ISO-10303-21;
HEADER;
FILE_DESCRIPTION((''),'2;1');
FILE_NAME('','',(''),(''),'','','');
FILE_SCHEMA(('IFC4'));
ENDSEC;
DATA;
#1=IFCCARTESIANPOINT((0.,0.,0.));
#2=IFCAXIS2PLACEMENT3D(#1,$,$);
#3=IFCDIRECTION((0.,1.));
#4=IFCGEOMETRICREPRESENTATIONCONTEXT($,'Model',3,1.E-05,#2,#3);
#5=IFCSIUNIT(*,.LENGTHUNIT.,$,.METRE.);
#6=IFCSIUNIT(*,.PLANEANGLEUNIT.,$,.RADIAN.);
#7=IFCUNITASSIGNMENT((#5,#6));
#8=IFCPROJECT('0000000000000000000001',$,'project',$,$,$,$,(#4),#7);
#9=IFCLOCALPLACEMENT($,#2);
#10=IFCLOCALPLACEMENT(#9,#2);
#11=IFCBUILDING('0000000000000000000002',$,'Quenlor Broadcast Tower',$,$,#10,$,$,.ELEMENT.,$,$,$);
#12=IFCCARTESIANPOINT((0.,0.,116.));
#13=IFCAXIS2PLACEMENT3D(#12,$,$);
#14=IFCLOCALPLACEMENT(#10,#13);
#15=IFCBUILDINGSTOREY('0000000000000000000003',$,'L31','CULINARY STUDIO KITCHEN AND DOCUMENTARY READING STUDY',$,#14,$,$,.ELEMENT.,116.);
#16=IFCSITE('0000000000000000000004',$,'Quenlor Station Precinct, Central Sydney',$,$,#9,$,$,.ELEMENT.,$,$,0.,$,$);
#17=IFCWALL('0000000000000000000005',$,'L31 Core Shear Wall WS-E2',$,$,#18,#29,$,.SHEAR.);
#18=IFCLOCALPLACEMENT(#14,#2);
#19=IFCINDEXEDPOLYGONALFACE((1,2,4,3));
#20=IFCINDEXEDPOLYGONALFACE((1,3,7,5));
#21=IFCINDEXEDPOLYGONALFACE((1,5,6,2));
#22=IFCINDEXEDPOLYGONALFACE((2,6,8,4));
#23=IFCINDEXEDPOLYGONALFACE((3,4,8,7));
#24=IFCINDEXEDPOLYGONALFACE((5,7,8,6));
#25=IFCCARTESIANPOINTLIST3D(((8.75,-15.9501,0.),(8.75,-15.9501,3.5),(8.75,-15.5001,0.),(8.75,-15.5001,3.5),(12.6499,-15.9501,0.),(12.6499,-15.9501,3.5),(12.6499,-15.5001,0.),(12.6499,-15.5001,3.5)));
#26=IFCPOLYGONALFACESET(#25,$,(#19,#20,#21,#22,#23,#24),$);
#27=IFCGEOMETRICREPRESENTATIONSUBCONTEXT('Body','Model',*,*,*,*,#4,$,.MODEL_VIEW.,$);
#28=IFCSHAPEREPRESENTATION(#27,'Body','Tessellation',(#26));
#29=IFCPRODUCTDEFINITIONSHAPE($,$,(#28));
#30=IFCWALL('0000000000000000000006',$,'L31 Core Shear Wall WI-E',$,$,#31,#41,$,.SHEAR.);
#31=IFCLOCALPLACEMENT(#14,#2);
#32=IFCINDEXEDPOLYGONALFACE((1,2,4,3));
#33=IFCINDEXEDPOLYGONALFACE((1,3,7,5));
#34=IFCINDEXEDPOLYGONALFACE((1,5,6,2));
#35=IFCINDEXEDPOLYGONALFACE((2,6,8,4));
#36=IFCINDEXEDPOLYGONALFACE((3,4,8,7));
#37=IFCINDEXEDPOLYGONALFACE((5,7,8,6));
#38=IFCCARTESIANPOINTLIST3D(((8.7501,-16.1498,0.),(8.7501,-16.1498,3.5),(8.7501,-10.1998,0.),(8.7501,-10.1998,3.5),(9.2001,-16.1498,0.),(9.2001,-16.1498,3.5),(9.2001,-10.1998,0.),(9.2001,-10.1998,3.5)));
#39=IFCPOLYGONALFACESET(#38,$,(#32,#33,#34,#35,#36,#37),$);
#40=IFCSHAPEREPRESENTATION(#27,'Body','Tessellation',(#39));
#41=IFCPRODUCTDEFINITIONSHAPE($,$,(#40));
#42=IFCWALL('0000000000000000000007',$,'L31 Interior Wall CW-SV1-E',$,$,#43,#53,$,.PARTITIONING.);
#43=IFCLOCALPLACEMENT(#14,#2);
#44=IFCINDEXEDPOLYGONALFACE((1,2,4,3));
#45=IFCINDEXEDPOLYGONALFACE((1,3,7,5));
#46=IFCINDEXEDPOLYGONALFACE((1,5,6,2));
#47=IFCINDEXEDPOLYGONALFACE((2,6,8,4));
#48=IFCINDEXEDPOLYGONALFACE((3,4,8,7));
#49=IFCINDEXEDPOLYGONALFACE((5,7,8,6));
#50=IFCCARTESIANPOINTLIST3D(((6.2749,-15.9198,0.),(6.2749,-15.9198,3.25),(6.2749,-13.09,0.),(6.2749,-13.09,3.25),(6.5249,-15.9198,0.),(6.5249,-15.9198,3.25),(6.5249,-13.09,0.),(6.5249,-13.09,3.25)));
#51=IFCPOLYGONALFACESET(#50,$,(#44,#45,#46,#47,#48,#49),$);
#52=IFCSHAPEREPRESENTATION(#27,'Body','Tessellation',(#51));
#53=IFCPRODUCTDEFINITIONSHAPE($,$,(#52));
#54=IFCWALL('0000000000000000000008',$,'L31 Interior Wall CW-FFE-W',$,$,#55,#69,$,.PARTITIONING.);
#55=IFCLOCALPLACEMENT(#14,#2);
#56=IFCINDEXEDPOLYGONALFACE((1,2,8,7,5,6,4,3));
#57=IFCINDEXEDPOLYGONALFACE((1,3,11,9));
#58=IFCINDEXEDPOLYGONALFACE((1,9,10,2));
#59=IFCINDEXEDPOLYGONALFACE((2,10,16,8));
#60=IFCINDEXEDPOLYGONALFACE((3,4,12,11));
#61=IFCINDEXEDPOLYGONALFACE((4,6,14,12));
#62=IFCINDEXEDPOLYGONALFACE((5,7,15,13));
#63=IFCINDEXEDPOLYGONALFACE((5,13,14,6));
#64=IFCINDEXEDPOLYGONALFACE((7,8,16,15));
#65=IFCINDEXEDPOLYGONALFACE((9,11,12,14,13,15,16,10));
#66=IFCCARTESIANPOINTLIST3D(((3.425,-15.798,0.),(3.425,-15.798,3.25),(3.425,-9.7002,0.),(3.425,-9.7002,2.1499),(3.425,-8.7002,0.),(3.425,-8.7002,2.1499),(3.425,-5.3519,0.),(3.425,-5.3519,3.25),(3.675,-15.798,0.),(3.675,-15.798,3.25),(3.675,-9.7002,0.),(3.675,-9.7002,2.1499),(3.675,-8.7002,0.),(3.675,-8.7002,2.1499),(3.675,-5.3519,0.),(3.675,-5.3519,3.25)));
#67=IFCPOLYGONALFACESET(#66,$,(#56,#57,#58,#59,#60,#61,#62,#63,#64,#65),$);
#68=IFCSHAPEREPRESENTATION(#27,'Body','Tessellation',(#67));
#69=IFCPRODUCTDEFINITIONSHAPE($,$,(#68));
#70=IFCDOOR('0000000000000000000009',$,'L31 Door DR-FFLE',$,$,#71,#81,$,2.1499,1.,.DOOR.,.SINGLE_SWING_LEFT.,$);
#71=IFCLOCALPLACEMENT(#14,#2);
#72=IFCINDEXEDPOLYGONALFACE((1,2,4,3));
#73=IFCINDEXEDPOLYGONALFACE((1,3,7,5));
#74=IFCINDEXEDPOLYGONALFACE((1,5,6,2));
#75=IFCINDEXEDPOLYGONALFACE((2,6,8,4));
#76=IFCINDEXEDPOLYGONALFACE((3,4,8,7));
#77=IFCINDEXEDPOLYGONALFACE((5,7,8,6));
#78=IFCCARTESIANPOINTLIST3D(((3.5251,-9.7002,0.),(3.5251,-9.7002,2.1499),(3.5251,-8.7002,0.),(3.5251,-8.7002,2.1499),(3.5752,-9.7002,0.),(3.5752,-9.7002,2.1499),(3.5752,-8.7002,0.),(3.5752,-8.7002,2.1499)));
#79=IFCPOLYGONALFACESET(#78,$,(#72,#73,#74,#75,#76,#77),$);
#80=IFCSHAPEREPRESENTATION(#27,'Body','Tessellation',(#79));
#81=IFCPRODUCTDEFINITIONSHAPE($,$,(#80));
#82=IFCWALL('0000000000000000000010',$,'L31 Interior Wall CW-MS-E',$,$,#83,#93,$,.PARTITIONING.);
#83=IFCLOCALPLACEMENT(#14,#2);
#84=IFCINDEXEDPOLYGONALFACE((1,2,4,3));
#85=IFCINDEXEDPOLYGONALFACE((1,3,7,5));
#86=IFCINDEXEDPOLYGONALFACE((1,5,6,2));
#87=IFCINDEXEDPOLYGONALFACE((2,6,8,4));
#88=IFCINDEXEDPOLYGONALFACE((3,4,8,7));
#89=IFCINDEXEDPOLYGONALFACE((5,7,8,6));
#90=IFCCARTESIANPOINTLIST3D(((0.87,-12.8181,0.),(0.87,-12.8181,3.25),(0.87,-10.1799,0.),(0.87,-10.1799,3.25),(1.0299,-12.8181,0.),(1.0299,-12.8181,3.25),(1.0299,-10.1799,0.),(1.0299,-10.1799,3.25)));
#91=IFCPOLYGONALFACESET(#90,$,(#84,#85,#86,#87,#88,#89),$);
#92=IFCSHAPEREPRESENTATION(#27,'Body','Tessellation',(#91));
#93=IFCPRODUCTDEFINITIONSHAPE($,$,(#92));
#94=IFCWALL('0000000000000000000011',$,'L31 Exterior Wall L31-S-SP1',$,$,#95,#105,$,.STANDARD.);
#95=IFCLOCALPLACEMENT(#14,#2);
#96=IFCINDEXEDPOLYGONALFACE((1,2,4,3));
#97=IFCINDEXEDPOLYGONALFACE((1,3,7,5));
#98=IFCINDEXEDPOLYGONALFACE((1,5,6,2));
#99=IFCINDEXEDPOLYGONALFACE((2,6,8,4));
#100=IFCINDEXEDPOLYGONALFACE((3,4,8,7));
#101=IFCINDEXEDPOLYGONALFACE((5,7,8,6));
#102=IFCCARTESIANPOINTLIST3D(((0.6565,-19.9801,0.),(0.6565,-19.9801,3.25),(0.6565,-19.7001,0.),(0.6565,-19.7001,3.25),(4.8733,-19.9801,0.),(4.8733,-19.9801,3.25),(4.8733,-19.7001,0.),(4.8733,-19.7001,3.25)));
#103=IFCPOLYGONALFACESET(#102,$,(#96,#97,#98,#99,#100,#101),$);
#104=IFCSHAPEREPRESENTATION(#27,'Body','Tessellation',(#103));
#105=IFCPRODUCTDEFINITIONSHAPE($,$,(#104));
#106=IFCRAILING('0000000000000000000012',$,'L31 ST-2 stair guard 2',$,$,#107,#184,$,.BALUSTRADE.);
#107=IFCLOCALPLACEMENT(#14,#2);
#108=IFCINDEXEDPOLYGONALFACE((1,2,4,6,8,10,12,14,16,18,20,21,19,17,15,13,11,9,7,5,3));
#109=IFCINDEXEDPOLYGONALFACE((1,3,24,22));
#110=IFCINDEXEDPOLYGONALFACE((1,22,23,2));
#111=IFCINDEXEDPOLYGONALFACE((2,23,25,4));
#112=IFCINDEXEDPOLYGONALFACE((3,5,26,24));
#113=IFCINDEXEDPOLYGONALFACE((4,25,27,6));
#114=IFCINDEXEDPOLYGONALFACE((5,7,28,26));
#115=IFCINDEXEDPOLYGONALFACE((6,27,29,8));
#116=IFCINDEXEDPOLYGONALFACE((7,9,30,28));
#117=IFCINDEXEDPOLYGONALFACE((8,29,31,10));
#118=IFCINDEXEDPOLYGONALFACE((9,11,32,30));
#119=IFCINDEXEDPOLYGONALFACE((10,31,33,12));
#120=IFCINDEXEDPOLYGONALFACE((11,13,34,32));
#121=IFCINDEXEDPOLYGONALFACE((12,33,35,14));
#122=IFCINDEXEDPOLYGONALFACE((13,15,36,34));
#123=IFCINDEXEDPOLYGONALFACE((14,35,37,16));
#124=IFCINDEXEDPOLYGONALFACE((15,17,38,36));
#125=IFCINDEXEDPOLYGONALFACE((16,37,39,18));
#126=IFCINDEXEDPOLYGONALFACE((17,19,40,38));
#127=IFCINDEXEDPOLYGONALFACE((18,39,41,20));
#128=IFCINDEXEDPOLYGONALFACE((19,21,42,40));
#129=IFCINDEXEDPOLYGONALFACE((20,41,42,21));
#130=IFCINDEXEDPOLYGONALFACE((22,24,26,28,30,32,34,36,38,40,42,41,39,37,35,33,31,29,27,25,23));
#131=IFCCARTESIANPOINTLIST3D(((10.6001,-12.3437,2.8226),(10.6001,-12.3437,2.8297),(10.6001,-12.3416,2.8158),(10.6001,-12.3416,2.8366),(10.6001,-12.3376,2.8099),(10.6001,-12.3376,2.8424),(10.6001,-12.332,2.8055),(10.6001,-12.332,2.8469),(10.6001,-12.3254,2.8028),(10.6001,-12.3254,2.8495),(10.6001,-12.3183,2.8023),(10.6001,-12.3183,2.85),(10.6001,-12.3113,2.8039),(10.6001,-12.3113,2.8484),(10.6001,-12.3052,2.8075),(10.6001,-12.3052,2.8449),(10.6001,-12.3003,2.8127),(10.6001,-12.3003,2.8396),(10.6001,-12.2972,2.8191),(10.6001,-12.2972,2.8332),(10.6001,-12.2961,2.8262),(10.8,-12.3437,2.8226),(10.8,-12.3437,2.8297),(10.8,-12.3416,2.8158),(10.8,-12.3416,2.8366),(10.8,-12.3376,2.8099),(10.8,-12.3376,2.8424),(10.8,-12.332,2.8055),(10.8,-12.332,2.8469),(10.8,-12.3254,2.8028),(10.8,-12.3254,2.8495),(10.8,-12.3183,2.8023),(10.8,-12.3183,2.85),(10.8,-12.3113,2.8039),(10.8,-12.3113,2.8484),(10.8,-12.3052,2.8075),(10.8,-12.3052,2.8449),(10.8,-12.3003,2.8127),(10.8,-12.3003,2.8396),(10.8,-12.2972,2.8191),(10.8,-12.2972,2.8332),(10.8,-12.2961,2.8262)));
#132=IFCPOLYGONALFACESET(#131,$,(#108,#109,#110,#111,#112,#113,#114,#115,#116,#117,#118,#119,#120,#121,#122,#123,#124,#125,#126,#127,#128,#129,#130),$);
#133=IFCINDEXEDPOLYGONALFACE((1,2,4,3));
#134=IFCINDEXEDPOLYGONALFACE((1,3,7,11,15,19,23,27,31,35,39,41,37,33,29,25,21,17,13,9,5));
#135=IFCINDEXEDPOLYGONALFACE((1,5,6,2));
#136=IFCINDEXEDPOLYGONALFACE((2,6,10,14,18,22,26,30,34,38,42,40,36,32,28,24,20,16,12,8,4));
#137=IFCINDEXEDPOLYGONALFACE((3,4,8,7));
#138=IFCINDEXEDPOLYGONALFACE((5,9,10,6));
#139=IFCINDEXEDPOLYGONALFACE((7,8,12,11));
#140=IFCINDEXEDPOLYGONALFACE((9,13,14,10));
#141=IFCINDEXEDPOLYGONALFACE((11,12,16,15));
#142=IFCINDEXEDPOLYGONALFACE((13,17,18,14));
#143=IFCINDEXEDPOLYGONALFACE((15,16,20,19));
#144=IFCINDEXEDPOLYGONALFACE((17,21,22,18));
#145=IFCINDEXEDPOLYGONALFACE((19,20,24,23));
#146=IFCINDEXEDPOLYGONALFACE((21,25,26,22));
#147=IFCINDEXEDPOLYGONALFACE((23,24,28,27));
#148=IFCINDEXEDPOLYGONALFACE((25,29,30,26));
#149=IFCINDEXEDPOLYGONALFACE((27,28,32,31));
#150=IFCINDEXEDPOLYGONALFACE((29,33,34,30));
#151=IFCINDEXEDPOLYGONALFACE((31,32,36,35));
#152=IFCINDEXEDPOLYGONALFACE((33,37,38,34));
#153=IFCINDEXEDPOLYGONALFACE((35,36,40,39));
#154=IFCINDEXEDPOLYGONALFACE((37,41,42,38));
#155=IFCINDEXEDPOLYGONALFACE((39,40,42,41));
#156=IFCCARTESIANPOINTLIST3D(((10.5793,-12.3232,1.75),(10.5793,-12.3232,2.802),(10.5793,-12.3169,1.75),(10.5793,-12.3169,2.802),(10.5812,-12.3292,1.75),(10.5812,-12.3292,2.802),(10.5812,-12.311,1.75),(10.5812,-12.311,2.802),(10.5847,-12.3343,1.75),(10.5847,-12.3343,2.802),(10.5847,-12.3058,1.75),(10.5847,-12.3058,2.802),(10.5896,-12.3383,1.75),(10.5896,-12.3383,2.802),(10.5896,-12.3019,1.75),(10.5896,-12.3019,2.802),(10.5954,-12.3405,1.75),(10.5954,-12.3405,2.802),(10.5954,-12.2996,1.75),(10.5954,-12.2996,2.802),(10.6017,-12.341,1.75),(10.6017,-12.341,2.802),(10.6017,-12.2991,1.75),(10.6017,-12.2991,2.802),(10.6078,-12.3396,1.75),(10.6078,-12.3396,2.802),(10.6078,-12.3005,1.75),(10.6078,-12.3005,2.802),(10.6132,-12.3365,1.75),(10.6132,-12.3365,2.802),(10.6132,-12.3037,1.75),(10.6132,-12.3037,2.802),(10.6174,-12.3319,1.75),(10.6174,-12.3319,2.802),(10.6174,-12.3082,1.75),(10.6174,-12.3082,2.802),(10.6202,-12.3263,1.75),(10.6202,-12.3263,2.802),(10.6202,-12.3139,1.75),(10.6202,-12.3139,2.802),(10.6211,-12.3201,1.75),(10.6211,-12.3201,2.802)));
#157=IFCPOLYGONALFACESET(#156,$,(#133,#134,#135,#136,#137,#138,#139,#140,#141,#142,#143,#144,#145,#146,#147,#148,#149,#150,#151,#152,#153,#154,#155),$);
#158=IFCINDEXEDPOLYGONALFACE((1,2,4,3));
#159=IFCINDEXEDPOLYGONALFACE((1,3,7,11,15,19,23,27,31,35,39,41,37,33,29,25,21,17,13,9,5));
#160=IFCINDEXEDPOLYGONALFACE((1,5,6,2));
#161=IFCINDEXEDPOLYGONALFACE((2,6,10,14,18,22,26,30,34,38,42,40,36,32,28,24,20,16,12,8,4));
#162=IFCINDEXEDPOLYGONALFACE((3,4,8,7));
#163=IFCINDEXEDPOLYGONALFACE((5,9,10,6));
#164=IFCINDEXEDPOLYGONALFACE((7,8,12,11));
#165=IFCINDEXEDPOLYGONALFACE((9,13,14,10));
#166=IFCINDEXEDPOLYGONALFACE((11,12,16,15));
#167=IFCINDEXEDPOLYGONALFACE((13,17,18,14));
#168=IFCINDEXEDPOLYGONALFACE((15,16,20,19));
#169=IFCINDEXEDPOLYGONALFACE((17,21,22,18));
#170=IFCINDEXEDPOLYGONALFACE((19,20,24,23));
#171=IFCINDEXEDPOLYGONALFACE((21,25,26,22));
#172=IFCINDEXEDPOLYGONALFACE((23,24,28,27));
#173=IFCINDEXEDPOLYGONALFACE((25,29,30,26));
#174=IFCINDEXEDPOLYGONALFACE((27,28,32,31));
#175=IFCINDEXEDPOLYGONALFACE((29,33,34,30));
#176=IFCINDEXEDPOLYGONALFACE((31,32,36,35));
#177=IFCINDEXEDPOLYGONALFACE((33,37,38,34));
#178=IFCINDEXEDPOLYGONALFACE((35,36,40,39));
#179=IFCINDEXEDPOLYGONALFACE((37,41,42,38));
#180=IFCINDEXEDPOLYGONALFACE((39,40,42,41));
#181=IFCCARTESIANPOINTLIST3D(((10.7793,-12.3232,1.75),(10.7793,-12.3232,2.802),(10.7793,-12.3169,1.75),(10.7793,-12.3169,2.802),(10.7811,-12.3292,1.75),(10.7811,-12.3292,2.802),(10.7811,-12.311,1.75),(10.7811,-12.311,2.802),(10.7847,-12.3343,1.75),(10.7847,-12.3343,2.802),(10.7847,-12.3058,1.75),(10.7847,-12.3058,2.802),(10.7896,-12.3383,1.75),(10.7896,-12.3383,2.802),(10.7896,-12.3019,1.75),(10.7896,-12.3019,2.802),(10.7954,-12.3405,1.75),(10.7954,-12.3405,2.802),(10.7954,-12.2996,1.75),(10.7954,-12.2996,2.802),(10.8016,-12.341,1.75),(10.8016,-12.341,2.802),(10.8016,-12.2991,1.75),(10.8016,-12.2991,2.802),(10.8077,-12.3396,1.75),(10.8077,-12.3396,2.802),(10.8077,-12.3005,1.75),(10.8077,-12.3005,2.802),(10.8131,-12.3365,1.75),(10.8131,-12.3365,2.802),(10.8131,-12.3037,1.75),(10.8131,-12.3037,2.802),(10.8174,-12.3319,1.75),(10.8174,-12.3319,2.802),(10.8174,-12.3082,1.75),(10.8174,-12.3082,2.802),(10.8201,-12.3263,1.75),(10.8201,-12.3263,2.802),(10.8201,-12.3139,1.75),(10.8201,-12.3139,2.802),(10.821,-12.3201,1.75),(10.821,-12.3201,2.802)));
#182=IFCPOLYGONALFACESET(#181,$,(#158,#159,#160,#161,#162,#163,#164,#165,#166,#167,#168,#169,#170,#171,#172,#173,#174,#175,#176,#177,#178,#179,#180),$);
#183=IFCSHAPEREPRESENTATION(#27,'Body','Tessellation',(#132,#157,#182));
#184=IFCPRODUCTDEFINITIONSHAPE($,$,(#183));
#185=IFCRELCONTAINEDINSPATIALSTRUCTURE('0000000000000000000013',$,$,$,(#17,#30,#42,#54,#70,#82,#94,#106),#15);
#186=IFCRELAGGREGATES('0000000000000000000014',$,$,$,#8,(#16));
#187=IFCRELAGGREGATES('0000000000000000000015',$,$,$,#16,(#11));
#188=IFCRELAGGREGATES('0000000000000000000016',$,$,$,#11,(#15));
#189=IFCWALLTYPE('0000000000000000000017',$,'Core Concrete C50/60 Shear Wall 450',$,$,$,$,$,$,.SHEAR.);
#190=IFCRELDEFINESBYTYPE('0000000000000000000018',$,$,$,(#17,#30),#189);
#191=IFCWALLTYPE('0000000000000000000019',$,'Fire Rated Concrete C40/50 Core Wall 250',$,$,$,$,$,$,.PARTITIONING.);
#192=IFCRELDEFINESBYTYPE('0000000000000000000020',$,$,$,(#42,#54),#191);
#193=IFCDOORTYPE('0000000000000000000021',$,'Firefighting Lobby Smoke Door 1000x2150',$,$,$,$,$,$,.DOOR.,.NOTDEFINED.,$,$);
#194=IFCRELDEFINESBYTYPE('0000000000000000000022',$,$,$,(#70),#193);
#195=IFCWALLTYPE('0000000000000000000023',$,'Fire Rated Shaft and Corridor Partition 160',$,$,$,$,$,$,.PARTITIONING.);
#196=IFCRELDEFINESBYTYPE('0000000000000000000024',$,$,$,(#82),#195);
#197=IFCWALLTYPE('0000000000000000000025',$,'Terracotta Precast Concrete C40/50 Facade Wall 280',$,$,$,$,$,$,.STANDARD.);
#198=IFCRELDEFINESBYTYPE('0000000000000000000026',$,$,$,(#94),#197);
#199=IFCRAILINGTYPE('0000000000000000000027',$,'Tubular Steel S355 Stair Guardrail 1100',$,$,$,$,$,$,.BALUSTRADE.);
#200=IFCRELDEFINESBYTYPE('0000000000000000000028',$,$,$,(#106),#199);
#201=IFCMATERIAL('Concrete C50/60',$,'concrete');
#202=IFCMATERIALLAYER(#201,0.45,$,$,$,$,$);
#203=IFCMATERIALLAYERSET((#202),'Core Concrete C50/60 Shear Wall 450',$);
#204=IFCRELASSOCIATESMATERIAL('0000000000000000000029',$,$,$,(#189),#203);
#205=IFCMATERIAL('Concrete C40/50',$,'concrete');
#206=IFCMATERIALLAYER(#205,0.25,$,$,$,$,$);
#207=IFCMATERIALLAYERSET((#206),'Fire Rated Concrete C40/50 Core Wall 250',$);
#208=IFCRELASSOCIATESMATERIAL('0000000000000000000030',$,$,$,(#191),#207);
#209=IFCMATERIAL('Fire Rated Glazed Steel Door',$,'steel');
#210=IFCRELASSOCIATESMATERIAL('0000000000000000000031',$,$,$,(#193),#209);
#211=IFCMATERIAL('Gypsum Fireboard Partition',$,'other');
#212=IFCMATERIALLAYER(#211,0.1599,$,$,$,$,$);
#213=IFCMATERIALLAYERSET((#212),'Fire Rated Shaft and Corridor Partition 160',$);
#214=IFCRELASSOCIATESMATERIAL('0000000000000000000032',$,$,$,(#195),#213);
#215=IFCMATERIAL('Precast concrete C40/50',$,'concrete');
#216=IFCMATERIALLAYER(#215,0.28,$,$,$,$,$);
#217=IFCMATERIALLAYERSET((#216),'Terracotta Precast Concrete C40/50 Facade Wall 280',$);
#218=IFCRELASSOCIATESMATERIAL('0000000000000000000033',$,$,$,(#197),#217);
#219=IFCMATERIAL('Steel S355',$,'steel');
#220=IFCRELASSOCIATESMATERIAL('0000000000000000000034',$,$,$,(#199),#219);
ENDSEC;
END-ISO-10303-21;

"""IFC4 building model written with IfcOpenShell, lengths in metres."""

from ifc_helpers import new_model, si_unit, direction, frame, frame_2d, origin, origin_2d, place, context, subcontext, project, spatial, rectangle, circle, extrude, material, layer, layer_set, type_object, element, fill, save


model = new_model("IFC4")

# Units and contexts
model_context = context("Model", 3, precision=1e-05, world=origin(), true_north=direction((0.0, 1.0)))
body_context = subcontext(model_context, "Body", "Model", "MODEL_VIEW")
ifc_project = project(units=[si_unit("LENGTHUNIT", "METRE"), si_unit("PLANEANGLEUNIT", "RADIAN")], contexts=[model_context])

# Site, building, storey
site_placement = place(None, origin())
site = spatial("IfcSite", under=ifc_project, at=site_placement, Name="Quenlor Station Precinct, Central Sydney", CompositionType="ELEMENT", RefElevation=0.0)
building_placement = place(site_placement, origin())
building = spatial("IfcBuilding", under=site, at=building_placement, Name="Quenlor Broadcast Tower", CompositionType="ELEMENT")
storey_placement = place(building_placement, frame((0.0, 0.0, 116.0)))
storey = spatial("IfcBuildingStorey", under=building, at=storey_placement, Name="L31", Description="CULINARY STUDIO KITCHEN AND DOCUMENTARY READING STUDY", CompositionType="ELEMENT", Elevation=116.0)

# Walls
ifc_material_1 = material(Name="Concrete C50/60", Category="concrete")
ifc_layer_1 = layer(ifc_material_1, 0.45)
ifc_layer_set_1 = layer_set([ifc_layer_1], Name="Core Concrete C50/60 Shear Wall 450")
wall_type_1 = type_object("IfcWallType", Name="Core Concrete C50/60 Shear Wall 450", PredefinedType="SHEAR", material=ifc_layer_set_1)
wall_1_placement = place(storey_placement, frame((8.75, -15.7251, 0.0), z_axis=(0.0, 0.0, 1.0), x_axis=(1.0, 0.0, 0.0)))
element("IfcWall", 1, at=wall_1_placement, inside=storey, type_object=wall_type_1, Name="L31 Core Shear Wall WS-E2", PredefinedType="SHEAR", context=body_context, shape_type="SweptSolid", body=[
    extrude(rectangle(XDim=3.8999, YDim=0.45, at=frame_2d((1.95, 0.0))), origin(), (0.0, 0.0, 1.0), 3.5),
])
wall_2_placement = place(storey_placement, frame((8.9751, -16.1499, 0.0), z_axis=(0.0, 0.0, 1.0), x_axis=(0.0, 1.0, 0.0)))
element("IfcWall", 2, at=wall_2_placement, inside=storey, type_object=wall_type_1, Name="L31 Core Shear Wall WI-E", PredefinedType="SHEAR", context=body_context, shape_type="SweptSolid", body=[
    extrude(rectangle(XDim=5.95, YDim=0.45, at=frame_2d((2.9751, 0.0))), origin(), (0.0, 0.0, 1.0), 3.5),
])

# Shared definitions
ifc_material_2 = material(Name="Concrete C40/50", Category="concrete")
ifc_layer_2 = layer(ifc_material_2, 0.25)
ifc_layer_set_2 = layer_set([ifc_layer_2], Name="Fire Rated Concrete C40/50 Core Wall 250")
wall_type_2 = type_object("IfcWallType", Name="Fire Rated Concrete C40/50 Core Wall 250", PredefinedType="PARTITIONING", material=ifc_layer_set_2)

# Wall
wall_3_placement = place(storey_placement, frame((6.3999, -15.9199, 0.0), z_axis=(0.0, 0.0, 1.0), x_axis=(0.0, 1.0, 0.0)))
element("IfcWall", 3, at=wall_3_placement, inside=storey, type_object=wall_type_2, Name="L31 Interior Wall CW-SV1-E", PredefinedType="PARTITIONING", context=body_context, shape_type="SweptSolid", body=[
    extrude(rectangle(XDim=2.8298, YDim=0.25, at=frame_2d((1.415, 0.0))), origin(), (0.0, 0.0, 1.0), 3.25),
])

# Wall, opening, door
wall_4_placement = place(storey_placement, frame((3.55, -15.7981, 0.0), z_axis=(0.0, 0.0, 1.0), x_axis=(0.0, 1.0, 0.0)))
wall_4 = element("IfcWall", 4, at=wall_4_placement, inside=storey, type_object=wall_type_2, Name="L31 Interior Wall CW-FFE-W", PredefinedType="PARTITIONING", context=body_context, shape_type="SweptSolid", body=[
    extrude(rectangle(XDim=10.446, YDim=0.25, at=frame_2d((5.2231, 0.0))), origin(), (0.0, 0.0, 1.0), 3.25),
])
opening_1_placement = place(wall_4_placement, frame((6.0979, 0.0, 0.0)))
opening_1 = element("IfcOpeningElement", 5, at=opening_1_placement, cuts=wall_4, PredefinedType="OPENING", context=body_context, shape_type="SweptSolid", body=[
    extrude(rectangle(XDim=1.0, YDim=2.1499, at=frame_2d((0.5, 1.075))), frame((0.0, 0.135, 0.0), z_axis=(0.0, -1.0, 0.0), x_axis=(1.0, 0.0, 0.0)), (0.0, 0.0, 1.0), 0.27),
])
ifc_material_3 = material(Name="Fire Rated Glazed Steel Door", Category="steel")
door_type_1 = type_object("IfcDoorType", Name="Firefighting Lobby Smoke Door 1000x2150", OperationType="NOTDEFINED", PredefinedType="DOOR", material=ifc_material_3)
door_1_placement = place(opening_1_placement, origin())
door_1 = element("IfcDoor", 6, at=door_1_placement, inside=storey, type_object=door_type_1, Name="L31 Door DR-FFLE", OperationType="SINGLE_SWING_LEFT", OverallHeight=2.1499, OverallWidth=1.0, PredefinedType="DOOR", context=body_context, shape_type="SweptSolid", body=[
    extrude(rectangle(XDim=1.0, YDim=2.1499, at=frame_2d((0.5, 1.075))), frame((0.0, 0.0249, 0.0), z_axis=(0.0, -1.0, 0.0), x_axis=(1.0, 0.0, 0.0)), (0.0, 0.0, 1.0), 0.05),
])
fill(opening_1, door_1)

# Walls
ifc_material_4 = material(Name="Gypsum Fireboard Partition", Category="other")
ifc_layer_3 = layer(ifc_material_4, 0.1599)
ifc_layer_set_3 = layer_set([ifc_layer_3], Name="Fire Rated Shaft and Corridor Partition 160")
wall_type_3 = type_object("IfcWallType", Name="Fire Rated Shaft and Corridor Partition 160", PredefinedType="PARTITIONING", material=ifc_layer_set_3)
wall_5_placement = place(storey_placement, frame((0.95, -12.8181, 0.0), z_axis=(0.0, 0.0, 1.0), x_axis=(0.0, 1.0, 0.0)))
element("IfcWall", 7, at=wall_5_placement, inside=storey, type_object=wall_type_3, Name="L31 Interior Wall CW-MS-E", PredefinedType="PARTITIONING", context=body_context, shape_type="SweptSolid", body=[
    extrude(rectangle(XDim=2.6382, YDim=0.1599, at=frame_2d((1.3191, 0.0))), origin(), (0.0, 0.0, 1.0), 3.25),
])
ifc_material_5 = material(Name="Precast concrete C40/50", Category="concrete")
ifc_layer_4 = layer(ifc_material_5, 0.28)
ifc_layer_set_4 = layer_set([ifc_layer_4], Name="Terracotta Precast Concrete C40/50 Facade Wall 280")
wall_type_4 = type_object("IfcWallType", Name="Terracotta Precast Concrete C40/50 Facade Wall 280", PredefinedType="STANDARD", material=ifc_layer_set_4)
wall_6_placement = place(storey_placement, frame((4.8733, -19.8401, 0.0), z_axis=(0.0, 0.0, 1.0), x_axis=(-1.0, 0.0, 0.0)))
element("IfcWall", 8, at=wall_6_placement, inside=storey, type_object=wall_type_4, Name="L31 Exterior Wall L31-S-SP1", PredefinedType="STANDARD", context=body_context, shape_type="SweptSolid", body=[
    extrude(rectangle(XDim=4.2168, YDim=0.28, at=frame_2d((2.1084, 0.0))), origin(), (0.0, 0.0, 1.0), 3.25),
])

# Railing
ifc_material_6 = material(Name="Steel S355", Category="steel")
railing_type = type_object("IfcRailingType", Name="Tubular Steel S355 Stair Guardrail 1100", PredefinedType="BALUSTRADE", material=ifc_material_6)
railing_placement = place(storey_placement, frame((10.6001, -12.3201, 1.75)))
element("IfcRailing", 9, at=railing_placement, inside=storey, type_object=railing_type, Name="L31 ST-2 stair guard 2", PredefinedType="BALUSTRADE", context=body_context, shape_type="SweptSolid", body=[
    extrude(circle(Radius=0.0239, at=origin_2d()), frame((0.0, 0.0, 1.0762), z_axis=(1.0, 0.0, 0.0), x_axis=(0.0, 1.0, 0.0)), (0.0, 0.0, 1.0), 0.2),
    extrude(circle(Radius=0.021, at=origin_2d()), origin(), (0.0, 0.0, 1.0), 1.052),
    extrude(circle(Radius=0.021, at=origin_2d()), frame((0.2, 0.0, 0.0)), (0.0, 0.0, 1.0), 1.052),
])

save(model, "model.ifc")
